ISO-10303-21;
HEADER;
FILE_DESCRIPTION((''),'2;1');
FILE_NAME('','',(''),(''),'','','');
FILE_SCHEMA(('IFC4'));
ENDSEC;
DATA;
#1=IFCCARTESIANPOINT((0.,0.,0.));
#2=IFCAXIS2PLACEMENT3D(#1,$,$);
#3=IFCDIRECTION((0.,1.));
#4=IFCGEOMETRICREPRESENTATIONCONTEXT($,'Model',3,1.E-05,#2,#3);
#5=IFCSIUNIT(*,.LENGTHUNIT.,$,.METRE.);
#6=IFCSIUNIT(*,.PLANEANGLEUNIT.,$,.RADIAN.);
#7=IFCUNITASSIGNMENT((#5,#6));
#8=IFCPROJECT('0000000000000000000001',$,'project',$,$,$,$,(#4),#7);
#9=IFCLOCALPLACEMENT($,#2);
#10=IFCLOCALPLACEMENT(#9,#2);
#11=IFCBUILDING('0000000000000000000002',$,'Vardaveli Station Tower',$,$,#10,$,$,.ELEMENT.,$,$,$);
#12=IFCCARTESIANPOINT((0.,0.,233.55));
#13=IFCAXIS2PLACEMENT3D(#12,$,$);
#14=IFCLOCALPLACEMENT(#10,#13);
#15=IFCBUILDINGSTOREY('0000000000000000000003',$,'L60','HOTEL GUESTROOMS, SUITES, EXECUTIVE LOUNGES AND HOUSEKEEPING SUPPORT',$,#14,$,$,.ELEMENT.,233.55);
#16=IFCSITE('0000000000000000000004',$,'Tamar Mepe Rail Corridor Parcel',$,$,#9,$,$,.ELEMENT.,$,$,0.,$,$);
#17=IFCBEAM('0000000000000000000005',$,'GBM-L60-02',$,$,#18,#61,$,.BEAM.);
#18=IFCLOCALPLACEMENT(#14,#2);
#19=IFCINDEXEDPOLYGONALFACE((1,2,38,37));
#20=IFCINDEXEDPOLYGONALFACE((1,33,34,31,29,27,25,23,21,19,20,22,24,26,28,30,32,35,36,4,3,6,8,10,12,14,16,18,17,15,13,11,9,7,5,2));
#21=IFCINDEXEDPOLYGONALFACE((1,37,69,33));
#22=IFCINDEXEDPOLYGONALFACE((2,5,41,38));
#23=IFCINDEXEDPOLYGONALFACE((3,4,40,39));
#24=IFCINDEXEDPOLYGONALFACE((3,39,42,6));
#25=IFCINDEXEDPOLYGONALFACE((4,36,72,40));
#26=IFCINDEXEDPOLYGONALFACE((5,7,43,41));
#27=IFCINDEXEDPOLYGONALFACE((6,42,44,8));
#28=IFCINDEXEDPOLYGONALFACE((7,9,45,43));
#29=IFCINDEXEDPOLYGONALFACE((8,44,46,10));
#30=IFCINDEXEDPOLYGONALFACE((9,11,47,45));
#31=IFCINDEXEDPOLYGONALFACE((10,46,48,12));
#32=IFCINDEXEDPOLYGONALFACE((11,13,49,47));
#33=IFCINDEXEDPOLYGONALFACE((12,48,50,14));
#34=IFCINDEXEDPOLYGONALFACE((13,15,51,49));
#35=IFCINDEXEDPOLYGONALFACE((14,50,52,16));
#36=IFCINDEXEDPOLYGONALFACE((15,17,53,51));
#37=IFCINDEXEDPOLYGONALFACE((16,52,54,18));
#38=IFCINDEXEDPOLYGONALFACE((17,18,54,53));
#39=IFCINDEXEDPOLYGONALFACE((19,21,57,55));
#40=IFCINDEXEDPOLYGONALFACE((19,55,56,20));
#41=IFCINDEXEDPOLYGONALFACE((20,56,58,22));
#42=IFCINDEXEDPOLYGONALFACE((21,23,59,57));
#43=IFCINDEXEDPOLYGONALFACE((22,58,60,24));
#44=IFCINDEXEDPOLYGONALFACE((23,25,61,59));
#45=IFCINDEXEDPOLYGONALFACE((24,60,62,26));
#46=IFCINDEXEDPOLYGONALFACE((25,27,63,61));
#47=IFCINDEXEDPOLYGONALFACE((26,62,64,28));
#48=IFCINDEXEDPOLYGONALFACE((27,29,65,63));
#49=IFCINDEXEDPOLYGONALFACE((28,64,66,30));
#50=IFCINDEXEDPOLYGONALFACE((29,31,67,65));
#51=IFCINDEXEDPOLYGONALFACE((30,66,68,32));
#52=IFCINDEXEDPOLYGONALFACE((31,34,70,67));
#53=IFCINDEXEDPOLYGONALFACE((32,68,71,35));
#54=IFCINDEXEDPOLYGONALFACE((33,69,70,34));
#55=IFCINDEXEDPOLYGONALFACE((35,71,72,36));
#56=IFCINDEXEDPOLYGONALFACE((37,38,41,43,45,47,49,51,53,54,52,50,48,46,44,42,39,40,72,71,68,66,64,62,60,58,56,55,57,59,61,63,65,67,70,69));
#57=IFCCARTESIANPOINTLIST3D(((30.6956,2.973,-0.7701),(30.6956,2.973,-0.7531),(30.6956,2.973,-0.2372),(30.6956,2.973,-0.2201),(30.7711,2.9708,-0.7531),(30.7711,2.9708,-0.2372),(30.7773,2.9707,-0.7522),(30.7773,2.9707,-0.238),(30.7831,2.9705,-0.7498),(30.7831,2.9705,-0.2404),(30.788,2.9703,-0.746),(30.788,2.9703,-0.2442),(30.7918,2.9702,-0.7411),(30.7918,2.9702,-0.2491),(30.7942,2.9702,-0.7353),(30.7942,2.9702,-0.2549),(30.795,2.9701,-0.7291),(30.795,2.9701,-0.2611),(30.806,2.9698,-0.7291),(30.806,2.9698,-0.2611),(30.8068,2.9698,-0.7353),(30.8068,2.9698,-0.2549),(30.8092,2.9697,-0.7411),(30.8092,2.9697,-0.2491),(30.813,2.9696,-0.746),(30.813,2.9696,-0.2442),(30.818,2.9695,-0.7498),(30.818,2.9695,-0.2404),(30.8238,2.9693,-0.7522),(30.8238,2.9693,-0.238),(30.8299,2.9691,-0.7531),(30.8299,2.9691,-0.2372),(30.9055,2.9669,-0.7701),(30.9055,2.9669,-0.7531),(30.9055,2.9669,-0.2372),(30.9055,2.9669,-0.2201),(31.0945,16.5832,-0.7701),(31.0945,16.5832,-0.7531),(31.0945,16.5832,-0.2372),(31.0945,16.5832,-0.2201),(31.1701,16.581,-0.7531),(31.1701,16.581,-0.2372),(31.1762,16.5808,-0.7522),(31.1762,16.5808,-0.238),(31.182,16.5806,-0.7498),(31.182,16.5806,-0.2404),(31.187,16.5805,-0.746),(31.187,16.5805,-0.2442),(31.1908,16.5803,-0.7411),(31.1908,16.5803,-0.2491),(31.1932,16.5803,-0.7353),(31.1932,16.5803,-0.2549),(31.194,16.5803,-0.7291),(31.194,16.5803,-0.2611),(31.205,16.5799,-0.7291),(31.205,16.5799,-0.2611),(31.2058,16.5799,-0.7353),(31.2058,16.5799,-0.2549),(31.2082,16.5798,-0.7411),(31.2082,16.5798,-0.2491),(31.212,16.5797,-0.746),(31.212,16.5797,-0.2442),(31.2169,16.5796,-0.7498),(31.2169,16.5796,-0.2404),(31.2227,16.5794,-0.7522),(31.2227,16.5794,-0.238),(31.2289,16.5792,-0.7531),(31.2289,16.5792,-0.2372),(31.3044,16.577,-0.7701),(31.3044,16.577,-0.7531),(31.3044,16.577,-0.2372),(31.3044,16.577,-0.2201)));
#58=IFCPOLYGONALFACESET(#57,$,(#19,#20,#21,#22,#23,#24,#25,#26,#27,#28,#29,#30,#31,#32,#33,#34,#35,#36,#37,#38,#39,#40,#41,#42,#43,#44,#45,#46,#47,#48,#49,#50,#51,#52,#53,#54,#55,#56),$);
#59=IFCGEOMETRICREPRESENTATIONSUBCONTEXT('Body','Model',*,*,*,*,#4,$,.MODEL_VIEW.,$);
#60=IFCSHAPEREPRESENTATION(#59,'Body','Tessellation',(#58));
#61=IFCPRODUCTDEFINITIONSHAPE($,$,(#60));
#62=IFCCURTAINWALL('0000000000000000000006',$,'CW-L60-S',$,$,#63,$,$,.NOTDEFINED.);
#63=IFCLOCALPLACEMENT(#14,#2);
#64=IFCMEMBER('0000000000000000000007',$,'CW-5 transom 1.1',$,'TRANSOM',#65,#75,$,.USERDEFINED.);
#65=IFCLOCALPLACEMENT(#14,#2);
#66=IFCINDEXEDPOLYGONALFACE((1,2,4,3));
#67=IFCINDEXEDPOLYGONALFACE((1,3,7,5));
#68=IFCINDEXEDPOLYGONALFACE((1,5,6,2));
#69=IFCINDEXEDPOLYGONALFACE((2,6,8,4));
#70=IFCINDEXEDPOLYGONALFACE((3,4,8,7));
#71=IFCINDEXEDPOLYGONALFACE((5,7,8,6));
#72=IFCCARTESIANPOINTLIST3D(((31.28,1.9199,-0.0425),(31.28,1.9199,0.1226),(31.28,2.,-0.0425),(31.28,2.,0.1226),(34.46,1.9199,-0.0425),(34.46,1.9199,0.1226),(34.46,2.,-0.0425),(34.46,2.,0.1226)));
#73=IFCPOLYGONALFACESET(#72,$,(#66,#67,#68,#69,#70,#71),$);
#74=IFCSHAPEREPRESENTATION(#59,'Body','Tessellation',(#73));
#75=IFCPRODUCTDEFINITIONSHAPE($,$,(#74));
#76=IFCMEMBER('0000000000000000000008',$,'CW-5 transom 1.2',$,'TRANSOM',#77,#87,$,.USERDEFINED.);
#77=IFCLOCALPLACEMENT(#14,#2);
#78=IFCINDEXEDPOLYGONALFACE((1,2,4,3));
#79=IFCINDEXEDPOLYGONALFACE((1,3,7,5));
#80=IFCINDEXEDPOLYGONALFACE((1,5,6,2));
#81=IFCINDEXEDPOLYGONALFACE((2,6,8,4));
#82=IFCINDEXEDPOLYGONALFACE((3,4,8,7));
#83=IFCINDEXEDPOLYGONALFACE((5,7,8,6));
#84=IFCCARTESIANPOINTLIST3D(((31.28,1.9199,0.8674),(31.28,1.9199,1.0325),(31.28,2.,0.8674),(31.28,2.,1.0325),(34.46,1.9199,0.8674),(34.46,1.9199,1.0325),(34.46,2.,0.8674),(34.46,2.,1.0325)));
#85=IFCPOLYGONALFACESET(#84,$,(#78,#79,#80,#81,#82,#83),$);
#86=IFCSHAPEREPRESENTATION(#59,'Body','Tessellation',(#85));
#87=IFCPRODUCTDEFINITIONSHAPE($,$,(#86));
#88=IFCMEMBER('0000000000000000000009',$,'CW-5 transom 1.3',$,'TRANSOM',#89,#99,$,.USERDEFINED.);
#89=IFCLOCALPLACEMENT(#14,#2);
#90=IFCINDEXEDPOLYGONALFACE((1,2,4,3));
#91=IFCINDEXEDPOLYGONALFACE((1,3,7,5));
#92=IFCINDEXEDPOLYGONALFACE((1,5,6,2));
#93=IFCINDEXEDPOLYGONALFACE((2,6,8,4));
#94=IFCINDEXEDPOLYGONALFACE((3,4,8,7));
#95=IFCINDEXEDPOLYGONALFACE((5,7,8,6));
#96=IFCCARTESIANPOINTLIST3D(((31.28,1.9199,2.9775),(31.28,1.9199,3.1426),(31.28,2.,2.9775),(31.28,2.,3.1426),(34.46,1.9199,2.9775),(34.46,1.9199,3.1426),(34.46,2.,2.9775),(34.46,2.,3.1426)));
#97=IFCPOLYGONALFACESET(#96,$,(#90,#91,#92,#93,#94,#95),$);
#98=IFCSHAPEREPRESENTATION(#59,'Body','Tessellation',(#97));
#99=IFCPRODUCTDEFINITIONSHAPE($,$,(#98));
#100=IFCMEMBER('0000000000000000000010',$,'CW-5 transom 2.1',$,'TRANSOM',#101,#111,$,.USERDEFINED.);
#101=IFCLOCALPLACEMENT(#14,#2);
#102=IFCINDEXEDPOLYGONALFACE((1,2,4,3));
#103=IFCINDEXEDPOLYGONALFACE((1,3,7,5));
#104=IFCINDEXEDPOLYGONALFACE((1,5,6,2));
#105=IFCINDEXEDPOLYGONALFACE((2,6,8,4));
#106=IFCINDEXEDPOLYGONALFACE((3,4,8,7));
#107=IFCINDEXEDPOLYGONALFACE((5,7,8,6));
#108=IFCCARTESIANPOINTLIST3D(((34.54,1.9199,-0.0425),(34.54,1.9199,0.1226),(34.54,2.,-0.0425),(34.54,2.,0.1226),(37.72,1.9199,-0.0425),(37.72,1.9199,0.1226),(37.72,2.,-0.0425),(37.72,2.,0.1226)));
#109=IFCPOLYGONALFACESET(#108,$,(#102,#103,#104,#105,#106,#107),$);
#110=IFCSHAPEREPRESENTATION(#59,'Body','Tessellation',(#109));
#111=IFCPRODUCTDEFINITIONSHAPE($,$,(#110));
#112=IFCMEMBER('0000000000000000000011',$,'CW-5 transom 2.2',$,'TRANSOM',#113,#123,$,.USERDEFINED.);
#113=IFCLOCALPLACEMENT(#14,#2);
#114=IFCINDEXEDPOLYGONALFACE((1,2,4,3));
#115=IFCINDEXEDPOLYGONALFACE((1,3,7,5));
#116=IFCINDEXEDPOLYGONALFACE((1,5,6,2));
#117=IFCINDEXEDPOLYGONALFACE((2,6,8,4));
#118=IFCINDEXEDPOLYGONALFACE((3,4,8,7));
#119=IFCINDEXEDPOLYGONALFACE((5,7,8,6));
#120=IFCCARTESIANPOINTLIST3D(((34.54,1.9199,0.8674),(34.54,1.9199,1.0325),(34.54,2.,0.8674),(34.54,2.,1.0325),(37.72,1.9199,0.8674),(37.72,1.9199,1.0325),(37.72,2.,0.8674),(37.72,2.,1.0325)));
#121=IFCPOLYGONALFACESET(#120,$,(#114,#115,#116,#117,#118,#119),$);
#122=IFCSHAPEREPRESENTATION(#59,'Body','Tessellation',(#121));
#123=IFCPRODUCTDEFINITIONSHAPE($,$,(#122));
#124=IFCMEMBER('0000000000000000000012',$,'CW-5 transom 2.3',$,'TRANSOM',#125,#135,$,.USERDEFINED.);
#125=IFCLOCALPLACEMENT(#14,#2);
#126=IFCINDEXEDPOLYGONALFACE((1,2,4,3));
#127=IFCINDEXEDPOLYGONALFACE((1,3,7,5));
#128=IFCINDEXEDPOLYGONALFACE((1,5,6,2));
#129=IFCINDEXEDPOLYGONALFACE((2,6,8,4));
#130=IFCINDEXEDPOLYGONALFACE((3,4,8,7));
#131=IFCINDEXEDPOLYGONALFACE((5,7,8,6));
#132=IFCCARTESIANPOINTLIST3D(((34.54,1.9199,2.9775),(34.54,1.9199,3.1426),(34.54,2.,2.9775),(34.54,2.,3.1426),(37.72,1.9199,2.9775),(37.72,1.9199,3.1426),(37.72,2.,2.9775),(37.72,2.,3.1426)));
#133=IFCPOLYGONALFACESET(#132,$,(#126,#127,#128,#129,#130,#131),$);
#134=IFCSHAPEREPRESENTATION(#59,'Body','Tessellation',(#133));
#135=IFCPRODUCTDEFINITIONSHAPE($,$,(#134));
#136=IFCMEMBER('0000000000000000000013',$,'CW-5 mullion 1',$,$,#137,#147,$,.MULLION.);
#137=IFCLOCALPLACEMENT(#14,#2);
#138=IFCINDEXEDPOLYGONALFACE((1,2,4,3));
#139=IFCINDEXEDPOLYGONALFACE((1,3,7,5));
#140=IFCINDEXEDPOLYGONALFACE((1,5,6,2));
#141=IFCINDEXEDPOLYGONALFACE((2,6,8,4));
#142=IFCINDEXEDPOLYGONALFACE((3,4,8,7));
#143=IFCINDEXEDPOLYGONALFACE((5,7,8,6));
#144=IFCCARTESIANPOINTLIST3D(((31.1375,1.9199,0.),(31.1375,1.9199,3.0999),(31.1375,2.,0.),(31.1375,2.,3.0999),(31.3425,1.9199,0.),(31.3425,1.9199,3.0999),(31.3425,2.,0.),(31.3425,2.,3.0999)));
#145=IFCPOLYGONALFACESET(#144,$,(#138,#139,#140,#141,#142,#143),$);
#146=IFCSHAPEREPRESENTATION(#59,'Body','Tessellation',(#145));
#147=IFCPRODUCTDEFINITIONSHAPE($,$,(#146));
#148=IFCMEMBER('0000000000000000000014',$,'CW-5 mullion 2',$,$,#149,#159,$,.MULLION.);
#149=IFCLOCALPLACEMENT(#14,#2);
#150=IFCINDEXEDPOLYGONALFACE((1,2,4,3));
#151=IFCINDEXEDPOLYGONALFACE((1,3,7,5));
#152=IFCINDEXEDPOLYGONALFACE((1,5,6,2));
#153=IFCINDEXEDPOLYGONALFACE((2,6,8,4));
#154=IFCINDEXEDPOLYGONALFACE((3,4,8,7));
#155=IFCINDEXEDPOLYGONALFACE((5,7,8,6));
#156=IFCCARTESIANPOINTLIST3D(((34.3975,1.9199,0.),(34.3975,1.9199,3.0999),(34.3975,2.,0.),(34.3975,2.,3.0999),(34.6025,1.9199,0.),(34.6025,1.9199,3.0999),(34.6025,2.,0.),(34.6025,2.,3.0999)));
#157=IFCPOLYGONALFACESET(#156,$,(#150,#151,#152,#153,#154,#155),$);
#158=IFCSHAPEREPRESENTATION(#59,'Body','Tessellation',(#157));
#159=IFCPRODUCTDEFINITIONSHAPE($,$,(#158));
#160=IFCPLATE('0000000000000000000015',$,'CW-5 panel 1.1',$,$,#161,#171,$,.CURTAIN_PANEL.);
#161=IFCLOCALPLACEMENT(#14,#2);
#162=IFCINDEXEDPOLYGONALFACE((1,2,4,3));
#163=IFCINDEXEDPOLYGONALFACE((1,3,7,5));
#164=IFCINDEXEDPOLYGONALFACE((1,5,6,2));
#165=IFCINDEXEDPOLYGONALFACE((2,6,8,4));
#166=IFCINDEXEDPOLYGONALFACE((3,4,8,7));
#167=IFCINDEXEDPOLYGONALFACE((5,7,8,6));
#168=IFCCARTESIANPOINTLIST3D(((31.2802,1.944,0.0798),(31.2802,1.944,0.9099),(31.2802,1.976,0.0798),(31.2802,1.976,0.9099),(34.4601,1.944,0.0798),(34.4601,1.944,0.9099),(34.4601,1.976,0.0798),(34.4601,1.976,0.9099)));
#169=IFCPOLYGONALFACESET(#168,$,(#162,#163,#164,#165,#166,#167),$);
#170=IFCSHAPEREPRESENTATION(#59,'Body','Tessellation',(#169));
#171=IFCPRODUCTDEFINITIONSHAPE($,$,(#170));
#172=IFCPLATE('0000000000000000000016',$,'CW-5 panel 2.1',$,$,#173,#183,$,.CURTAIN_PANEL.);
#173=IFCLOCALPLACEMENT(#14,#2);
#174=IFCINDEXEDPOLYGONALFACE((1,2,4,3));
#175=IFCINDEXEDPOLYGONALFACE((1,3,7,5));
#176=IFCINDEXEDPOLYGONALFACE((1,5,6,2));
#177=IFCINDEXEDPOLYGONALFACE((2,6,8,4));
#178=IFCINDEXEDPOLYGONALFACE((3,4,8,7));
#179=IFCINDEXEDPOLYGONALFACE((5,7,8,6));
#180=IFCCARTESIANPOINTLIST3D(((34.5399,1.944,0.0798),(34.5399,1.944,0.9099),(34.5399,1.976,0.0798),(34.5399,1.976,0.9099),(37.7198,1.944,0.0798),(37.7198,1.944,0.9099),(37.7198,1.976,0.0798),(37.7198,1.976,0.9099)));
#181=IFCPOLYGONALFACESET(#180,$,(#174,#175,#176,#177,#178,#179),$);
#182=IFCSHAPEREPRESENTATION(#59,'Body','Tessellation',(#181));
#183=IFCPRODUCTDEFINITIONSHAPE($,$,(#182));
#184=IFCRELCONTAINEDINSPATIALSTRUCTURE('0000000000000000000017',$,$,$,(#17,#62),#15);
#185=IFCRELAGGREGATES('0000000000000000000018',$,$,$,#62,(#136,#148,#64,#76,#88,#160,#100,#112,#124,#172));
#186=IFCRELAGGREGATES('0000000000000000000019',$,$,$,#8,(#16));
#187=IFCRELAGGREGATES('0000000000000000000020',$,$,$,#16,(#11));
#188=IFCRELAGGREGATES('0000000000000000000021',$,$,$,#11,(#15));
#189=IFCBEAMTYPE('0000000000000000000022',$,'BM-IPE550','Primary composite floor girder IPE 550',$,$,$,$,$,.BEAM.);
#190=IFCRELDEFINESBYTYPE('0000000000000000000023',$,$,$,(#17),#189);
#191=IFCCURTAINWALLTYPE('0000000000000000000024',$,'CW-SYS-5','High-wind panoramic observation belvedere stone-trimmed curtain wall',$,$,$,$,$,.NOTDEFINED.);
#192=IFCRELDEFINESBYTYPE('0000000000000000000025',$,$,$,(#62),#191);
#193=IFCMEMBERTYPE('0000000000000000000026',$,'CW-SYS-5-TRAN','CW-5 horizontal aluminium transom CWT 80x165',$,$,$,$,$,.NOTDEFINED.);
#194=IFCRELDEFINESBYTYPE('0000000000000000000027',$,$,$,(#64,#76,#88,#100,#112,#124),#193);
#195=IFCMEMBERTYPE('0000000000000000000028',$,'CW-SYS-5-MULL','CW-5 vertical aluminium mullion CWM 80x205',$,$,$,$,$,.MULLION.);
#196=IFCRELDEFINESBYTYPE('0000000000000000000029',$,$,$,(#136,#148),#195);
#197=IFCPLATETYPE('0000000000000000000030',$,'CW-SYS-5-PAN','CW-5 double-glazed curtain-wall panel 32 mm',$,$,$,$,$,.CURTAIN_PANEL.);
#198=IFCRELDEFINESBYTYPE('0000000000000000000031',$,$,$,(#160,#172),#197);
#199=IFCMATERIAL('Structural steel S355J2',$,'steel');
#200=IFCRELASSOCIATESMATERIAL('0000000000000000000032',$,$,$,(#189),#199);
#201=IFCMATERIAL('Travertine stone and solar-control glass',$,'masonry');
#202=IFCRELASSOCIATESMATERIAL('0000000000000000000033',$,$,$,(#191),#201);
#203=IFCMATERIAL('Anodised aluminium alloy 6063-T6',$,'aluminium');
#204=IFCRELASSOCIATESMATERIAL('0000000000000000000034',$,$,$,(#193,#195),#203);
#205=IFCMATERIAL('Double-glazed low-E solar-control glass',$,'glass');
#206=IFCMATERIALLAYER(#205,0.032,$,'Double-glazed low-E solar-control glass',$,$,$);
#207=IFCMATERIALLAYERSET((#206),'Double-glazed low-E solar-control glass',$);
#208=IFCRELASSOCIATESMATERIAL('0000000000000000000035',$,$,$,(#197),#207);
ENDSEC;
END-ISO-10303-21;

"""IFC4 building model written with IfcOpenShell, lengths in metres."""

from ifc_helpers import new_model, si_unit, direction, frame, origin, origin_2d, place, context, subcontext, project, spatial, rectangle, i_section, extrude, source, transform, mapped, material, layer, layer_set, material_profile, profile_set, type_object, element, aggregate, save


model = new_model("IFC4")

# Units and contexts
model_context = context("Model", 3, precision=1e-05, world=origin(), true_north=direction((0.0, 1.0)))
body_context = subcontext(model_context, "Body", "Model", "MODEL_VIEW")
ifc_project = project(units=[si_unit("LENGTHUNIT", "METRE"), si_unit("PLANEANGLEUNIT", "RADIAN")], contexts=[model_context])

# Site, building, storey
site_placement = place(None, origin())
site = spatial("IfcSite", under=ifc_project, at=site_placement, Name="Tamar Mepe Rail Corridor Parcel", CompositionType="ELEMENT", RefElevation=0.0)
building_placement = place(site_placement, origin())
building = spatial("IfcBuilding", under=site, at=building_placement, Name="Vardaveli Station Tower", CompositionType="ELEMENT")
storey_placement = place(building_placement, frame((0.0, 0.0, 233.55)))
storey = spatial("IfcBuildingStorey", under=building, at=storey_placement, Name="L60", Description="HOTEL GUESTROOMS, SUITES, EXECUTIVE LOUNGES AND HOUSEKEEPING SUPPORT", CompositionType="ELEMENT", Elevation=233.55)

# Beam
ifc_material_1 = material(Name="Structural steel S355J2", Category="steel")
ifc_material_profile_1 = material_profile(ifc_material_1, i_section(OverallWidth=0.21, OverallDepth=0.55, WebThickness=0.011, FlangeThickness=0.0171, FilletRadius=0.0239, at=origin_2d()), Name="IPE 550")
ifc_profile_set_1 = profile_set([ifc_material_profile_1], Name="Structural steel S355J2")
beam_type_1 = type_object("IfcBeamType", Name="BM-IPE550", Description="Primary composite floor girder IPE 550", PredefinedType="BEAM", material=ifc_profile_set_1)
shared_shape_1 = source(origin(), body_context, "Body", "SweptSolid", [
    extrude(i_section(OverallWidth=0.21, OverallDepth=0.55, WebThickness=0.011, FlangeThickness=0.0171, FilletRadius=0.0239, at=origin_2d()), origin(), (0.0, 0.0, 1.0), 13.616),
])
beam_1_placement = place(storey_placement, frame((30.8005, 2.97, -0.4951), z_axis=(0.029298, 0.999571, 0.0), x_axis=(-0.999571, 0.029298, 0.0)))
element("IfcBeam", 1, at=beam_1_placement, inside=storey, type_object=beam_type_1, Name="GBM-L60-02", PredefinedType="BEAM", context=body_context, shape_type="MappedRepresentation", body=[
    mapped(shared_shape_1, transform((0.0, 0.0, 0.0), scale=1.0)),
])

# Curtain wall, members, plates
ifc_material_2 = material(Name="Travertine stone and solar-control glass", Category="masonry")
curtain_wall_type = type_object("IfcCurtainWallType", Name="CW-SYS-5", Description="High-wind panoramic observation belvedere stone-trimmed curtain wall", PredefinedType="NOTDEFINED", material=ifc_material_2)
curtain_wall_placement = place(storey_placement, origin())
curtain_wall = element("IfcCurtainWall", 2, at=curtain_wall_placement, inside=storey, type_object=curtain_wall_type, Name="CW-L60-S", PredefinedType="NOTDEFINED")
ifc_material_3 = material(Name="Anodised aluminium alloy 6063-T6", Category="aluminium")
ifc_material_profile_2 = material_profile(ifc_material_3, rectangle(XDim=0.0801, YDim=0.165, at=origin_2d()), Name="CWT 80x165")
ifc_profile_set_2 = profile_set([ifc_material_profile_2], Name="Anodised aluminium alloy 6063-T6")
member_type_1 = type_object("IfcMemberType", Name="CW-SYS-5-TRAN", Description="CW-5 horizontal aluminium transom CWT 80x165", PredefinedType="NOTDEFINED", material=ifc_profile_set_2)
shared_shape_2 = source(origin(), body_context, "Body", "SweptSolid", [
    extrude(rectangle(XDim=0.0801, YDim=0.165, at=origin_2d()), origin(), (0.0, 0.0, 1.0), 3.1799),
])
member_1_placement = place(storey_placement, frame((31.28, 1.96, 0.04), z_axis=(1.0, 0.0, 0.0), x_axis=(0.0, 1.0, 0.0)))
member_1 = element("IfcMember", 3, at=member_1_placement, type_object=member_type_1, Name="CW-5 transom 1.1", ObjectType="TRANSOM", PredefinedType="USERDEFINED", context=body_context, shape_type="MappedRepresentation", body=[
    mapped(shared_shape_2, transform((0.0, 0.0, 0.0), scale=1.0)),
])
member_2_placement = place(storey_placement, frame((31.28, 1.96, 0.95), z_axis=(1.0, 0.0, 0.0), x_axis=(0.0, 1.0, 0.0)))
member_2 = element("IfcMember", 4, at=member_2_placement, type_object=member_type_1, Name="CW-5 transom 1.2", ObjectType="TRANSOM", PredefinedType="USERDEFINED", context=body_context, shape_type="MappedRepresentation", body=[
    mapped(shared_shape_2, transform((0.0, 0.0, 0.0), scale=1.0)),
])
member_3_placement = place(storey_placement, frame((31.28, 1.96, 3.0601), z_axis=(1.0, 0.0, 0.0), x_axis=(0.0, 1.0, 0.0)))
member_3 = element("IfcMember", 5, at=member_3_placement, type_object=member_type_1, Name="CW-5 transom 1.3", ObjectType="TRANSOM", PredefinedType="USERDEFINED", context=body_context, shape_type="MappedRepresentation", body=[
    mapped(shared_shape_2, transform((0.0, 0.0, 0.0), scale=1.0)),
])
member_4_placement = place(storey_placement, frame((34.54, 1.96, 0.04), z_axis=(1.0, 0.0, 0.0), x_axis=(0.0, 1.0, 0.0)))
member_4 = element("IfcMember", 6, at=member_4_placement, type_object=member_type_1, Name="CW-5 transom 2.1", ObjectType="TRANSOM", PredefinedType="USERDEFINED", context=body_context, shape_type="MappedRepresentation", body=[
    mapped(shared_shape_2, transform((0.0, 0.0, 0.0), scale=1.0)),
])
member_5_placement = place(storey_placement, frame((34.54, 1.96, 0.95), z_axis=(1.0, 0.0, 0.0), x_axis=(0.0, 1.0, 0.0)))
member_5 = element("IfcMember", 7, at=member_5_placement, type_object=member_type_1, Name="CW-5 transom 2.2", ObjectType="TRANSOM", PredefinedType="USERDEFINED", context=body_context, shape_type="MappedRepresentation", body=[
    mapped(shared_shape_2, transform((0.0, 0.0, 0.0), scale=1.0)),
])
member_6_placement = place(storey_placement, frame((34.54, 1.96, 3.0601), z_axis=(1.0, 0.0, 0.0), x_axis=(0.0, 1.0, 0.0)))
member_6 = element("IfcMember", 8, at=member_6_placement, type_object=member_type_1, Name="CW-5 transom 2.3", ObjectType="TRANSOM", PredefinedType="USERDEFINED", context=body_context, shape_type="MappedRepresentation", body=[
    mapped(shared_shape_2, transform((0.0, 0.0, 0.0), scale=1.0)),
])
ifc_material_profile_3 = material_profile(ifc_material_3, rectangle(XDim=0.0801, YDim=0.2051, at=origin_2d()), Name="CWM 80x205")
ifc_profile_set_3 = profile_set([ifc_material_profile_3], Name="Anodised aluminium alloy 6063-T6")
member_type_2 = type_object("IfcMemberType", Name="CW-SYS-5-MULL", Description="CW-5 vertical aluminium mullion CWM 80x205", PredefinedType="MULLION", material=ifc_profile_set_3)
shared_shape_3 = source(origin(), body_context, "Body", "SweptSolid", [
    extrude(rectangle(XDim=0.0801, YDim=0.2051, at=origin_2d()), origin(), (0.0, 0.0, 1.0), 3.0999),
])
member_7_placement = place(storey_placement, frame((31.24, 1.96, 0.0), z_axis=(0.0, 0.0, 1.0), x_axis=(0.0, 1.0, 0.0)))
member_7 = element("IfcMember", 9, at=member_7_placement, type_object=member_type_2, Name="CW-5 mullion 1", PredefinedType="MULLION", context=body_context, shape_type="MappedRepresentation", body=[
    mapped(shared_shape_3, transform((0.0, 0.0, 0.0), scale=1.0)),
])
member_8_placement = place(storey_placement, frame((34.5, 1.96, 0.0), z_axis=(0.0, 0.0, 1.0), x_axis=(0.0, 1.0, 0.0)))
member_8 = element("IfcMember", 10, at=member_8_placement, type_object=member_type_2, Name="CW-5 mullion 2", PredefinedType="MULLION", context=body_context, shape_type="MappedRepresentation", body=[
    mapped(shared_shape_3, transform((0.0, 0.0, 0.0), scale=1.0)),
])
ifc_material_4 = material(Name="Double-glazed low-E solar-control glass", Category="glass")
ifc_layer_1 = layer(ifc_material_4, 0.032, Name="Double-glazed low-E solar-control glass")
ifc_layer_set_1 = layer_set([ifc_layer_1], Name="Double-glazed low-E solar-control glass")
plate_type = type_object("IfcPlateType", Name="CW-SYS-5-PAN", Description="CW-5 double-glazed curtain-wall panel 32 mm", PredefinedType="CURTAIN_PANEL", material=ifc_layer_set_1)
shared_shape_4 = source(origin(), body_context, "Body", "SweptSolid", [
    extrude(rectangle(XDim=3.1799, YDim=0.032, at=origin_2d()), origin(), (0.0, 0.0, 1.0), 0.8301),
])
plate_1_placement = place(storey_placement, frame((32.8701, 1.96, 0.0798), z_axis=(0.0, 0.0, 1.0), x_axis=(1.0, 0.0, 0.0)))
plate_1 = element("IfcPlate", 11, at=plate_1_placement, type_object=plate_type, Name="CW-5 panel 1.1", PredefinedType="CURTAIN_PANEL", context=body_context, shape_type="MappedRepresentation", body=[
    mapped(shared_shape_4, transform((0.0, 0.0, 0.0), scale=1.0)),
])
plate_2_placement = place(storey_placement, frame((36.1299, 1.96, 0.0798), z_axis=(0.0, 0.0, 1.0), x_axis=(1.0, 0.0, 0.0)))
plate_2 = element("IfcPlate", 12, at=plate_2_placement, type_object=plate_type, Name="CW-5 panel 2.1", PredefinedType="CURTAIN_PANEL", context=body_context, shape_type="MappedRepresentation", body=[
    mapped(shared_shape_4, transform((0.0, 0.0, 0.0), scale=1.0)),
])
aggregate(curtain_wall, [member_7, member_8, member_1, member_2, member_3, plate_1, member_4, member_5, member_6, plate_2])

save(model, "model.ifc")
